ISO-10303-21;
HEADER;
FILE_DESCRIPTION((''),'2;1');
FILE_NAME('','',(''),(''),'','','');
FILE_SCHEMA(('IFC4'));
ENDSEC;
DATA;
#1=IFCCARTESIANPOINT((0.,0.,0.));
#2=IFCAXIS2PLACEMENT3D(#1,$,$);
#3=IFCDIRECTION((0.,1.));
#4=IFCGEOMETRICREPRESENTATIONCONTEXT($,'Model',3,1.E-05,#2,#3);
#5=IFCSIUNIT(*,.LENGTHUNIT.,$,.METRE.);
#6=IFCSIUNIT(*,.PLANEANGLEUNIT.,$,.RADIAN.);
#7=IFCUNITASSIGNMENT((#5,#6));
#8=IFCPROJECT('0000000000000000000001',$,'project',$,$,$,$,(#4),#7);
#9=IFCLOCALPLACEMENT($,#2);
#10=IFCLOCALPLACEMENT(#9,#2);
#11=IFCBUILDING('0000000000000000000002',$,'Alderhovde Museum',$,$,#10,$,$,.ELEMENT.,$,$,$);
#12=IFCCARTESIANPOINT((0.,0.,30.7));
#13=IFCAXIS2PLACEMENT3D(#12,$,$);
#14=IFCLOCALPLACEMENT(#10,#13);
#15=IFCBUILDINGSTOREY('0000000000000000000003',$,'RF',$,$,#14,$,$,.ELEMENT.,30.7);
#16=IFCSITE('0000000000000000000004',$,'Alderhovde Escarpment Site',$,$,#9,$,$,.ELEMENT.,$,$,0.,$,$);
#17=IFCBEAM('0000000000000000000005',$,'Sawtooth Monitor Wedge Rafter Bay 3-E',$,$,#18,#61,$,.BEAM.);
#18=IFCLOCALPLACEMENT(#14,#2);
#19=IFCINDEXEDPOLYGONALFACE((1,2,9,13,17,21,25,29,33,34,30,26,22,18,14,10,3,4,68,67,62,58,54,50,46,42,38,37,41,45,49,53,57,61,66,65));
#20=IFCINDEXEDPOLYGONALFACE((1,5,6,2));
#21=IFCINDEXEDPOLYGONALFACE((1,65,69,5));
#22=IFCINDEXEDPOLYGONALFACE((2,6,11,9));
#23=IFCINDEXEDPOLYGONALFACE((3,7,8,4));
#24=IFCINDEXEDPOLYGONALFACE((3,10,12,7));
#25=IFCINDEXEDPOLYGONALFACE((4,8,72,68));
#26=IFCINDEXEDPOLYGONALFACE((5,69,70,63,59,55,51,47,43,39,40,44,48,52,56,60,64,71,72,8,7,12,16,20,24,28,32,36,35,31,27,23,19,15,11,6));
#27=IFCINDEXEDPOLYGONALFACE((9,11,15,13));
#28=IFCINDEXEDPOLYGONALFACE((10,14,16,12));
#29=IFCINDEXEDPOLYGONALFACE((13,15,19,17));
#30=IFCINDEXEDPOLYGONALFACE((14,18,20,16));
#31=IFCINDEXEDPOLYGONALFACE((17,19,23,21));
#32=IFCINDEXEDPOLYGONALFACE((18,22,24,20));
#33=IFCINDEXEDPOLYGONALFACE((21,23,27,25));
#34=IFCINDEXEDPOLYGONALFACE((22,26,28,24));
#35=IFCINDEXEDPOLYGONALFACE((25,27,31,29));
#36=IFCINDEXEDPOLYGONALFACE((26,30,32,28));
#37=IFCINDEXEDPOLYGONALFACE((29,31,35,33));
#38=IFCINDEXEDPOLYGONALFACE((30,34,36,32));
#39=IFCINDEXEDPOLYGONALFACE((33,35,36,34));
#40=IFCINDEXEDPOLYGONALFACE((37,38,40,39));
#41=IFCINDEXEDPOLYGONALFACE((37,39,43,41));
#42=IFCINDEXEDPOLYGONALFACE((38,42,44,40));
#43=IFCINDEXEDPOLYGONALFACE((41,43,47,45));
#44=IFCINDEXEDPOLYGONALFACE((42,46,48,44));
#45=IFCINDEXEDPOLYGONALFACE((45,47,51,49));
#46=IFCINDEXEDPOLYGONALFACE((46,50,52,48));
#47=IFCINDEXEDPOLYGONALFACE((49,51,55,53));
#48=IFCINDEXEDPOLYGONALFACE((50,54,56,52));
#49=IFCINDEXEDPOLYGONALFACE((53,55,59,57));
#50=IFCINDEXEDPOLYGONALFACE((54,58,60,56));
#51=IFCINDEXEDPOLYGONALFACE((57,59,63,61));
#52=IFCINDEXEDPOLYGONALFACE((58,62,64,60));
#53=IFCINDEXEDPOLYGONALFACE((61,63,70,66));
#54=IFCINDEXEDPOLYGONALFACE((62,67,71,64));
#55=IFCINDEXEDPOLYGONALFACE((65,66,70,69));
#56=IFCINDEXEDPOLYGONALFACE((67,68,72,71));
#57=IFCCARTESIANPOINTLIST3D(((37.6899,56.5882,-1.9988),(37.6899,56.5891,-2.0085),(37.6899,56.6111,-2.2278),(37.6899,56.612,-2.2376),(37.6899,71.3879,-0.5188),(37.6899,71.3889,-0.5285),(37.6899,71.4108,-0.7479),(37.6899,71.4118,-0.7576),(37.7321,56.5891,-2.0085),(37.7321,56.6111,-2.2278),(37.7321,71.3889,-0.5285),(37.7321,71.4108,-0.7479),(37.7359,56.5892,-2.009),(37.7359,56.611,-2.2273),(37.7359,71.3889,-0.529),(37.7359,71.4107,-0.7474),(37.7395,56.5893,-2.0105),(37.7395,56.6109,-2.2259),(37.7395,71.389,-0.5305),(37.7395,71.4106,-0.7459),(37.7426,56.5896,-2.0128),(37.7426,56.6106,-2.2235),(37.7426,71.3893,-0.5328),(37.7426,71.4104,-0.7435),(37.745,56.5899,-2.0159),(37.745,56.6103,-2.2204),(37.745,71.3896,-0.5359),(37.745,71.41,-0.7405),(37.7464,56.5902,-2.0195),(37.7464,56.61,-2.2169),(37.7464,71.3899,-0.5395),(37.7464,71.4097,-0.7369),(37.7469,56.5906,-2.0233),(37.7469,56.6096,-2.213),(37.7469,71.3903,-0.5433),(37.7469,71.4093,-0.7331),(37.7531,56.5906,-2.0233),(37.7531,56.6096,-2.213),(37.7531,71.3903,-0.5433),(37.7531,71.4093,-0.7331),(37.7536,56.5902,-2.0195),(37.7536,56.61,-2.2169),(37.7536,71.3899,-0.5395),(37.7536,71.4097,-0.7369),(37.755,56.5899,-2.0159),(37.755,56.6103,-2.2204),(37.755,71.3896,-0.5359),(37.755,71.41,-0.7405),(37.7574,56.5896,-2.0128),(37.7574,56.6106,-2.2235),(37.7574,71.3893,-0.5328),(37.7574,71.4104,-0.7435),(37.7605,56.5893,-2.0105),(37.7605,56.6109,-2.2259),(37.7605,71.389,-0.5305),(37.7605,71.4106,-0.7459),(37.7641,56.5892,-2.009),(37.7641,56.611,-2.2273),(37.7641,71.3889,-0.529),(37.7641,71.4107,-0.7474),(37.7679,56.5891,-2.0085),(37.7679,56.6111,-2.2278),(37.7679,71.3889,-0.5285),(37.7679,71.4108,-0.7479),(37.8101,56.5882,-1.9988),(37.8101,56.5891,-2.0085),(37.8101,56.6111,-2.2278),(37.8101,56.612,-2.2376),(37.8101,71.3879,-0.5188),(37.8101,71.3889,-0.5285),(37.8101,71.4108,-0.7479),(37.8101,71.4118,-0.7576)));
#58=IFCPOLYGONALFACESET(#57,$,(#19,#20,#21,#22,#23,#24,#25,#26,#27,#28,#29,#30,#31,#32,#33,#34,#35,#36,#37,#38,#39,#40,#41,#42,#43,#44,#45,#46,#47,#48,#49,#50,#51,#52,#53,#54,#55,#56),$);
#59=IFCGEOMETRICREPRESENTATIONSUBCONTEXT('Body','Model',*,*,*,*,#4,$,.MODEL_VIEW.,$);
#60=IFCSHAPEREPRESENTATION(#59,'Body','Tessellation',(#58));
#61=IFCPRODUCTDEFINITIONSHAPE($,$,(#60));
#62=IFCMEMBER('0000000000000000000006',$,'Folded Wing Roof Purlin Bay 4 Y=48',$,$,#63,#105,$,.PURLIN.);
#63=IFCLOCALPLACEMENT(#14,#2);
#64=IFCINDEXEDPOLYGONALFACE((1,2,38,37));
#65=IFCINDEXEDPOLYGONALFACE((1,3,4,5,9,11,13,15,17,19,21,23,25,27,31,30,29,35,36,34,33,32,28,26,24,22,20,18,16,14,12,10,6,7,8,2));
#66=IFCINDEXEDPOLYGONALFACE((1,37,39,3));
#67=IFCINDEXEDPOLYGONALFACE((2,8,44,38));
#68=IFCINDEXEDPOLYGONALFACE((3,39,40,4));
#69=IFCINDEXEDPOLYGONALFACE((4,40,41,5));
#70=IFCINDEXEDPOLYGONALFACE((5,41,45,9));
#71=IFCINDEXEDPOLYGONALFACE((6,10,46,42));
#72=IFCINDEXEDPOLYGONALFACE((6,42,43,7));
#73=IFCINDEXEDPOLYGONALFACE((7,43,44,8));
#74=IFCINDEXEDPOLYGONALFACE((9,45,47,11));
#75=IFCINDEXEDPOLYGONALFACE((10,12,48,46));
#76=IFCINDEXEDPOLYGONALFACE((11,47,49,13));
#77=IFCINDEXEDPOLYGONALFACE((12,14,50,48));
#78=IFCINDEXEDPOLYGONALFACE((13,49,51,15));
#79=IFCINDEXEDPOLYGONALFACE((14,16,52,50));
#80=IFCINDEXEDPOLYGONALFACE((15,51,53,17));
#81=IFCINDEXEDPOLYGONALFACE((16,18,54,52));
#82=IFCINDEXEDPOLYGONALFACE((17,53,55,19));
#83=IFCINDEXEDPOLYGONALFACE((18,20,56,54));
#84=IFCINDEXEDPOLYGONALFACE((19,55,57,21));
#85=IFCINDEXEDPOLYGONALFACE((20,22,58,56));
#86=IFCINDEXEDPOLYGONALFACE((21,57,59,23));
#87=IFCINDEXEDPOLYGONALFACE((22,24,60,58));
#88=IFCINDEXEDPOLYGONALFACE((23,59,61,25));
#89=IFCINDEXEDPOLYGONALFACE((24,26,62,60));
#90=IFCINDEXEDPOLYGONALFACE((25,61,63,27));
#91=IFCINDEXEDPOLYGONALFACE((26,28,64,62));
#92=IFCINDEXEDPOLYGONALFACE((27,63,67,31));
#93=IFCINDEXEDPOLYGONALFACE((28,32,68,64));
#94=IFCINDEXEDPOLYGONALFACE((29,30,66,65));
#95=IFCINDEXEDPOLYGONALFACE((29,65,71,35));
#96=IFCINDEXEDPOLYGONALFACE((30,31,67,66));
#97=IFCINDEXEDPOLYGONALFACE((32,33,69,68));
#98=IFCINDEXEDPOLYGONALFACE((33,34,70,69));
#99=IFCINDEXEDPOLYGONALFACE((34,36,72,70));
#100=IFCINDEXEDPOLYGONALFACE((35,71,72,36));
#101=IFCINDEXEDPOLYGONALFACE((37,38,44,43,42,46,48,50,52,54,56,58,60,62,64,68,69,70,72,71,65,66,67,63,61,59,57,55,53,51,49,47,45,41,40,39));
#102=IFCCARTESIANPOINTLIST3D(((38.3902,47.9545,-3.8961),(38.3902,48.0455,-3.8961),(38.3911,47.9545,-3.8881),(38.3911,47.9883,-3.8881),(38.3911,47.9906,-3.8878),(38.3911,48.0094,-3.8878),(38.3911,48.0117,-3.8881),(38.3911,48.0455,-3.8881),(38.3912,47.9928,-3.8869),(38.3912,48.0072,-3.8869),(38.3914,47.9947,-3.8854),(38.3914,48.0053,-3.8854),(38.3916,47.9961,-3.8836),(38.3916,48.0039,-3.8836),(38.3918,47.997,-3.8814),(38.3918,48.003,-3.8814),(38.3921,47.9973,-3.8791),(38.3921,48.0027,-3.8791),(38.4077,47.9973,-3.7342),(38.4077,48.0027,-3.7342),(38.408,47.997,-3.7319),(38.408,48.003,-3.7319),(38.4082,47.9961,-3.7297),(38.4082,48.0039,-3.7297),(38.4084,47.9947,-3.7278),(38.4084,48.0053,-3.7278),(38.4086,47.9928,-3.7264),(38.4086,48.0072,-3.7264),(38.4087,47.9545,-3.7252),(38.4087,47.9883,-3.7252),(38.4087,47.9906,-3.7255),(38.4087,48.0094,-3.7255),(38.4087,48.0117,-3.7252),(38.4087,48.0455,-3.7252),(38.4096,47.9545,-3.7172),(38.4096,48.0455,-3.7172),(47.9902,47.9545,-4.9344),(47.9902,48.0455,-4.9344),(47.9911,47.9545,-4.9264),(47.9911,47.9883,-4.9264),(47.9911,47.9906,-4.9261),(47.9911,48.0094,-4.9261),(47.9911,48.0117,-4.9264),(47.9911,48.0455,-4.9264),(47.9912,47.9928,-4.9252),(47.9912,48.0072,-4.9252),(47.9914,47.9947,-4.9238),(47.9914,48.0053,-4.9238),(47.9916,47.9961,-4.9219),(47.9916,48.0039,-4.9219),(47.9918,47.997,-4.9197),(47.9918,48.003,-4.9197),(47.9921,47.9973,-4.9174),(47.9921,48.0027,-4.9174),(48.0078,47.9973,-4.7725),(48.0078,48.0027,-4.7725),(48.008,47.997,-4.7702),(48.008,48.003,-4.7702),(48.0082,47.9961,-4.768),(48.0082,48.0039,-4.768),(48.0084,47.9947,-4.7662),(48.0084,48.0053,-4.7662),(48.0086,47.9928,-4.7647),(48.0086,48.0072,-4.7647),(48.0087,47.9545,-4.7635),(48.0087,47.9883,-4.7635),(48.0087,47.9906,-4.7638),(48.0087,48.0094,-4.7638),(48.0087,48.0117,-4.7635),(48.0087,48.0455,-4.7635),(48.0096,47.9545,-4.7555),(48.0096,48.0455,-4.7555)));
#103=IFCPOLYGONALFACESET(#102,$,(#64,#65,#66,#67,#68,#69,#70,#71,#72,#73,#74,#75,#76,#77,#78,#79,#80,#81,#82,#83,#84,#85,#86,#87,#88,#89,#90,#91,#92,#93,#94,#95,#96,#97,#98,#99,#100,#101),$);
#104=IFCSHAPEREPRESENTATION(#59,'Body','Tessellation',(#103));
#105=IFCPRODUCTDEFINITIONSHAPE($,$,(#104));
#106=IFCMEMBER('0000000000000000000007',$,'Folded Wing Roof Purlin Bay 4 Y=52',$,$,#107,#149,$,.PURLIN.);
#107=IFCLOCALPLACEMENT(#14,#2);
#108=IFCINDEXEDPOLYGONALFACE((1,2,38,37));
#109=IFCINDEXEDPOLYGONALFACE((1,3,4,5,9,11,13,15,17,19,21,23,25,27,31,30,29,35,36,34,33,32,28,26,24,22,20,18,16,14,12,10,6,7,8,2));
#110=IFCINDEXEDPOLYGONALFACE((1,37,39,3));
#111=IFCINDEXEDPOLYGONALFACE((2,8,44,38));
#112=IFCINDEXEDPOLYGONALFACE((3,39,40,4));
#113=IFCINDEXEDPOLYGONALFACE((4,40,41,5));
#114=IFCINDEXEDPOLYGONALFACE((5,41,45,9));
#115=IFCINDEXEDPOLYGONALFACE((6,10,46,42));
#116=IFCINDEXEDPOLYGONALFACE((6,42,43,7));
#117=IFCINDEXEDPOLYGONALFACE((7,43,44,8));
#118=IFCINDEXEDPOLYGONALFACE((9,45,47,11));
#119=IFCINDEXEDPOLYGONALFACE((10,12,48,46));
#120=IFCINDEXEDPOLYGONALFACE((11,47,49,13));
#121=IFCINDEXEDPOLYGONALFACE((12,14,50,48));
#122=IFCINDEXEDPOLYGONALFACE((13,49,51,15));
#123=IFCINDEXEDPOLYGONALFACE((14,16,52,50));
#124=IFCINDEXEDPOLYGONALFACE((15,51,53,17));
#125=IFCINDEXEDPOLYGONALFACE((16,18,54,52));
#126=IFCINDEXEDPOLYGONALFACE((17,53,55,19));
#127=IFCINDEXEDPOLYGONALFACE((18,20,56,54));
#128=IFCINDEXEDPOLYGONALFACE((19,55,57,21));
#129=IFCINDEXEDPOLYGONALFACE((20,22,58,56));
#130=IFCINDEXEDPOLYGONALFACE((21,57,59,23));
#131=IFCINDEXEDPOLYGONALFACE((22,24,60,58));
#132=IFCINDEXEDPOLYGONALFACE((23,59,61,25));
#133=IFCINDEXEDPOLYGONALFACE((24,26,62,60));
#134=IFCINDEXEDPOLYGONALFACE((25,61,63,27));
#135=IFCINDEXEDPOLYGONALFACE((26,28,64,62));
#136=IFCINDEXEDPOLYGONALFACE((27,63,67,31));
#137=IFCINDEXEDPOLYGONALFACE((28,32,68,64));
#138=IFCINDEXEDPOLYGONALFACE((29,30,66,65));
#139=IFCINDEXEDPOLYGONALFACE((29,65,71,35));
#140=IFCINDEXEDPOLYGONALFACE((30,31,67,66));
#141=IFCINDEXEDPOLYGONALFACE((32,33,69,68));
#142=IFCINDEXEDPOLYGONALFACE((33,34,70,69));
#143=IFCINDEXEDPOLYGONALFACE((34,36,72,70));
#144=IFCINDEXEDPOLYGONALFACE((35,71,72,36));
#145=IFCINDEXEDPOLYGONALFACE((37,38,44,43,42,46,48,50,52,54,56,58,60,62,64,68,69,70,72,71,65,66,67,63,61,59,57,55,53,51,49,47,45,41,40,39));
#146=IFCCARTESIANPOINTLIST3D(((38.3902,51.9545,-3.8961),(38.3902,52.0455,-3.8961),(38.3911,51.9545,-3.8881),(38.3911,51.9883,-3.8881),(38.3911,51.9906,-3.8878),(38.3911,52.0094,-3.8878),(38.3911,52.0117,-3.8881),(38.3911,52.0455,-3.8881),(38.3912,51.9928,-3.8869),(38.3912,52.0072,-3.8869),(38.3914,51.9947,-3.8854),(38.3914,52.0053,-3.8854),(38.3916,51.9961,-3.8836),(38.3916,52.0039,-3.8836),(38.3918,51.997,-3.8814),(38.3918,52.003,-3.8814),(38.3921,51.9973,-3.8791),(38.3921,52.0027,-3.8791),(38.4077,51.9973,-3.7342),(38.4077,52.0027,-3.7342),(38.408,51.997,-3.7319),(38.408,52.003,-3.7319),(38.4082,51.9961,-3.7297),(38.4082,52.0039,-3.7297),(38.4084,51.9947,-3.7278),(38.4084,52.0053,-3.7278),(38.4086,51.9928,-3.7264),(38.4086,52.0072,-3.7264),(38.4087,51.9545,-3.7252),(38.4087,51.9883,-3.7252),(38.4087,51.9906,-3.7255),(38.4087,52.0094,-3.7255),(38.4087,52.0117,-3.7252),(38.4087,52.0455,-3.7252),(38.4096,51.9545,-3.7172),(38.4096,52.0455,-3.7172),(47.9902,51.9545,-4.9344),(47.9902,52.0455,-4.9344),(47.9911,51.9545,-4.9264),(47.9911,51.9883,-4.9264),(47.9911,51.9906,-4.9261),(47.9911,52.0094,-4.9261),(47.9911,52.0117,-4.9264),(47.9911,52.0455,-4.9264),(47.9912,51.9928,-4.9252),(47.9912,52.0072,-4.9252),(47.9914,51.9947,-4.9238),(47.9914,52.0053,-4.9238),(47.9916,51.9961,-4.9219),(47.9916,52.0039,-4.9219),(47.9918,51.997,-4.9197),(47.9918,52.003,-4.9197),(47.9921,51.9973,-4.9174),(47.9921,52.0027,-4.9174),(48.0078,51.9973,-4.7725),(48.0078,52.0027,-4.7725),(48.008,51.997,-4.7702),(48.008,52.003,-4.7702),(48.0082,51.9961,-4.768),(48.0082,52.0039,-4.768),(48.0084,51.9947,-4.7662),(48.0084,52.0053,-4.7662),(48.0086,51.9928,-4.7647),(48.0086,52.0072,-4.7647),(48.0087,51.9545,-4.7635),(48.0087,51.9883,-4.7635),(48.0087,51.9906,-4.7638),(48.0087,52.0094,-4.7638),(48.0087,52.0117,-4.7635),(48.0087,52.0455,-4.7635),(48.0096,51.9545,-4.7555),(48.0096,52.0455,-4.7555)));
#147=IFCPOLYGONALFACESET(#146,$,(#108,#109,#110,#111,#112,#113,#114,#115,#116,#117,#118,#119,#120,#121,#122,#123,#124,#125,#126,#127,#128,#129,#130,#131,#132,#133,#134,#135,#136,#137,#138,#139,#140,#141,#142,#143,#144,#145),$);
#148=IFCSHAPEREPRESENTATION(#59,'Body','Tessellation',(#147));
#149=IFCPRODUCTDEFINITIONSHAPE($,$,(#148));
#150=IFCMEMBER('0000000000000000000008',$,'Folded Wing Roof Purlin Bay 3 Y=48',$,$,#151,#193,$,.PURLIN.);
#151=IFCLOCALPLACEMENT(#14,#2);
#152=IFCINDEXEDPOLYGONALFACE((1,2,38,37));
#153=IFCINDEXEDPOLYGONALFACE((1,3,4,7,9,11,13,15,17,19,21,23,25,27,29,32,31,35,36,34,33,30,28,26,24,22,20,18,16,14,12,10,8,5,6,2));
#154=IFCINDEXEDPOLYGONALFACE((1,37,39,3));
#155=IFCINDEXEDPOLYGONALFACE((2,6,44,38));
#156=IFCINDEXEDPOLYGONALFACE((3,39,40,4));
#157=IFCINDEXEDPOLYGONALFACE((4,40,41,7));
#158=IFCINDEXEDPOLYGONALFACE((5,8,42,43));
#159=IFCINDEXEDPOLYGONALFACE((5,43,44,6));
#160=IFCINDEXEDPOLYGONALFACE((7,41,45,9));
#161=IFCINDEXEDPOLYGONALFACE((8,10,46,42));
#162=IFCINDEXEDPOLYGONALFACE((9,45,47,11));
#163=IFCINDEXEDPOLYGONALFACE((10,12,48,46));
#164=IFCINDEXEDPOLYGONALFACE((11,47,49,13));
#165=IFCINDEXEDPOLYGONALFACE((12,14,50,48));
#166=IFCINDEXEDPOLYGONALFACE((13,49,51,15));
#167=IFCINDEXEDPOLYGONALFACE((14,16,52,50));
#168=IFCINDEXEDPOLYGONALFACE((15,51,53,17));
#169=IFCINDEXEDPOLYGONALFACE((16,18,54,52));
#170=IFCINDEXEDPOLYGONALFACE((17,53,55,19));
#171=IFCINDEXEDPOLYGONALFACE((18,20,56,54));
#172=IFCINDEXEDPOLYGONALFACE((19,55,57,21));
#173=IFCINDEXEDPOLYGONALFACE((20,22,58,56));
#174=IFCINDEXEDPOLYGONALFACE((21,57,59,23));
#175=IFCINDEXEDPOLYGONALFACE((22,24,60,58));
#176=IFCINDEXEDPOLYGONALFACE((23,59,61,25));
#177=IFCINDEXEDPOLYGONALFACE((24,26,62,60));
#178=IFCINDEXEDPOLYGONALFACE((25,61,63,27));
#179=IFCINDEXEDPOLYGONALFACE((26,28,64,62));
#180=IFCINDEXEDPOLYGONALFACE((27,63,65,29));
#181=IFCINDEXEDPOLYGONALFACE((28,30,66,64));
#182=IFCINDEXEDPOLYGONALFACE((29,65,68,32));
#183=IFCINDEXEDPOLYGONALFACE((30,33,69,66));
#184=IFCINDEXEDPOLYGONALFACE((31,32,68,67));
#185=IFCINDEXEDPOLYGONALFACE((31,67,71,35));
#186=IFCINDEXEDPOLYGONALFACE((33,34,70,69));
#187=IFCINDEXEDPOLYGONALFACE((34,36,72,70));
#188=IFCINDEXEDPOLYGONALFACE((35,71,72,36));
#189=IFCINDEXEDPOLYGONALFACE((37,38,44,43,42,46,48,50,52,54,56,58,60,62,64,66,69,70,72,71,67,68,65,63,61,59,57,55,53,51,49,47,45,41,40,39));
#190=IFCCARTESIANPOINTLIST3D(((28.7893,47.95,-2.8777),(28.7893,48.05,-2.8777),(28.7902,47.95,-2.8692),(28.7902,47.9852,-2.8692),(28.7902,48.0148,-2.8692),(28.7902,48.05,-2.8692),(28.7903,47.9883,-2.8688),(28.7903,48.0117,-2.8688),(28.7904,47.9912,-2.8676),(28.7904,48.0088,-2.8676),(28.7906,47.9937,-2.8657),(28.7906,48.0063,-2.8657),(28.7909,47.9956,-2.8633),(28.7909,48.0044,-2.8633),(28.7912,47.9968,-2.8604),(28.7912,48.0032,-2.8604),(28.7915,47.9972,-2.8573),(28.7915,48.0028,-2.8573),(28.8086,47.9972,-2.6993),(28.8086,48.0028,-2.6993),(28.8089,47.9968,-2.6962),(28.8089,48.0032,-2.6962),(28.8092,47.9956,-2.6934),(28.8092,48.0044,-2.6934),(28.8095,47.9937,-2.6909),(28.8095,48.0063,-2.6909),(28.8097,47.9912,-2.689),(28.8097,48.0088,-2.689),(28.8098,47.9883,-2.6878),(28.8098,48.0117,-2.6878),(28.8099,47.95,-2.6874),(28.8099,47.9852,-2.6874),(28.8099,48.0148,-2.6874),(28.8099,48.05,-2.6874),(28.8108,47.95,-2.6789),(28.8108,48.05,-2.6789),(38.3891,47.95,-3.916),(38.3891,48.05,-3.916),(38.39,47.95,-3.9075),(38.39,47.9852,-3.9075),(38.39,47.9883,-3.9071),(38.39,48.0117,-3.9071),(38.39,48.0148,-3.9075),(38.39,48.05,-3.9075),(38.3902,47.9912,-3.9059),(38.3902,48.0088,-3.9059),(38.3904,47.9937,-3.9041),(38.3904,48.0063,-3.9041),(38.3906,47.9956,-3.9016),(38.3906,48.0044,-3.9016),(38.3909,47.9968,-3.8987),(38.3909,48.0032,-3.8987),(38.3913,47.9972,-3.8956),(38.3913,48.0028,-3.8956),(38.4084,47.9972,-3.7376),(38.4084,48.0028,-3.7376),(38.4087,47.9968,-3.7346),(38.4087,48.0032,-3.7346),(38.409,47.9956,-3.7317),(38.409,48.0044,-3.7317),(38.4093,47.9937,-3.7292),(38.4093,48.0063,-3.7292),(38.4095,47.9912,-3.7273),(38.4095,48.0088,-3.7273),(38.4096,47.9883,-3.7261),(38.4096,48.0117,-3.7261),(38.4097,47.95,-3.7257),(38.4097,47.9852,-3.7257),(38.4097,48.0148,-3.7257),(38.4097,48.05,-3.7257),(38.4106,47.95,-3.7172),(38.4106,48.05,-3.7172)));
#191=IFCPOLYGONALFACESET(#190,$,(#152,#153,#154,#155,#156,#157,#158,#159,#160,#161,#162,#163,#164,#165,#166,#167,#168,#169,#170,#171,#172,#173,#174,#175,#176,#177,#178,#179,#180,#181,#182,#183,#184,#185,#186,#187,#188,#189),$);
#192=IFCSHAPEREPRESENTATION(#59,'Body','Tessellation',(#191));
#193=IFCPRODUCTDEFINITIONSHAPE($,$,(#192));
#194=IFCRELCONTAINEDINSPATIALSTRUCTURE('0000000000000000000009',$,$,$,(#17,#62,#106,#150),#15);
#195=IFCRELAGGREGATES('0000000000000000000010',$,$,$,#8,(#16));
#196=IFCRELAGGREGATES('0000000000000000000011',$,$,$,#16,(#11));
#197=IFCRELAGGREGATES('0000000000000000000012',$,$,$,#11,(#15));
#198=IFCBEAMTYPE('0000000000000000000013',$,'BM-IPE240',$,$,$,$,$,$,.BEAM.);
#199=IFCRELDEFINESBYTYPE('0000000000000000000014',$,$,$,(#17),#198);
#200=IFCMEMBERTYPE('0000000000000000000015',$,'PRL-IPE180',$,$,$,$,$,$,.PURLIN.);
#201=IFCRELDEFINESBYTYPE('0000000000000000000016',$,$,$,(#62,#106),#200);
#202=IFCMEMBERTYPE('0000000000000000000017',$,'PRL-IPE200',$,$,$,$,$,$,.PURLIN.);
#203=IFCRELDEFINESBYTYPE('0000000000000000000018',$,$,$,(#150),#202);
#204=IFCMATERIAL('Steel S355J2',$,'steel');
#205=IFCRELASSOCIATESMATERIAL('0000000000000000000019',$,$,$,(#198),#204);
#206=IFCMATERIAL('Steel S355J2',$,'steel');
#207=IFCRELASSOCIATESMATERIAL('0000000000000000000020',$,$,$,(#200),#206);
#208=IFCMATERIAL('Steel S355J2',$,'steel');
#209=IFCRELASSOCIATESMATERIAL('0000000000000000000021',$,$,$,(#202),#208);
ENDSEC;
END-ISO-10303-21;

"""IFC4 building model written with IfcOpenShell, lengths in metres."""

from ifc_helpers import new_model, si_unit, direction, frame, origin, origin_2d, place, context, subcontext, project, spatial, i_section, extrude, material, material_profile, profile_set, type_object, element, save


model = new_model("IFC4")

# Units and contexts
model_context = context("Model", 3, precision=1e-05, world=origin(), true_north=direction((0.0, 1.0)))
body_context = subcontext(model_context, "Body", "Model", "MODEL_VIEW")
ifc_project = project(units=[si_unit("LENGTHUNIT", "METRE"), si_unit("PLANEANGLEUNIT", "RADIAN")], contexts=[model_context])

# Site, building, storey
site_placement = place(None, origin())
site = spatial("IfcSite", under=ifc_project, at=site_placement, Name="Alderhovde Escarpment Site", CompositionType="ELEMENT", RefElevation=0.0)
building_placement = place(site_placement, origin())
building = spatial("IfcBuilding", under=site, at=building_placement, Name="Alderhovde Museum", CompositionType="ELEMENT")
storey_placement = place(building_placement, frame((0.0, 0.0, 30.7)))
storey = spatial("IfcBuildingStorey", under=building, at=storey_placement, Name="RF", CompositionType="ELEMENT", Elevation=30.7)

# Beam
ifc_material_1 = material(Name="Steel S355J2", Category="steel")
ifc_material_profile_1 = material_profile(ifc_material_1, i_section(OverallWidth=0.1201, OverallDepth=0.24, WebThickness=0.0061, FlangeThickness=0.0098, FilletRadius=0.0149, at=origin_2d()), Name="IPE 240")
ifc_profile_set_1 = profile_set([ifc_material_profile_1], Name="Steel S355J2")
beam_type_1 = type_object("IfcBeamType", Name="BM-IPE240", PredefinedType="BEAM", material=ifc_profile_set_1)
for number, where, z_axis, x_axis, name in (
    (1, (37.75, 56.6001, -2.1182), (0.0, 0.995037, 0.099504), (-1.0, 0.0, 0.0), "Sawtooth Monitor Wedge Rafter Bay 3-E"),
):
    element("IfcBeam", number, at=place(storey_placement, frame(where, z_axis=z_axis, x_axis=x_axis)), inside=storey, type_object=beam_type_1, Name=name, PredefinedType="BEAM", context=body_context, shape_type="SweptSolid", body=[
        extrude(i_section(OverallWidth=0.1201, OverallDepth=0.24, WebThickness=0.0061, FlangeThickness=0.0098, FilletRadius=0.0149, at=origin_2d()), origin(), (0.0, 0.0, 1.0), 14.8735),
    ])

# Members
ifc_material_2 = material(Name="Steel S355J2", Category="steel")
ifc_material_profile_2 = material_profile(ifc_material_2, i_section(OverallWidth=0.0911, OverallDepth=0.1799, WebThickness=0.0054, FlangeThickness=0.0081, FilletRadius=0.009, at=origin_2d()), Name="IPE 180")
ifc_profile_set_2 = profile_set([ifc_material_profile_2], Name="Steel S355J2")
member_type_1 = type_object("IfcMemberType", Name="PRL-IPE180", PredefinedType="PURLIN", material=ifc_profile_set_2)
for number, where, z_axis, x_axis, name in (
    (2, (38.3999, 48.0, -3.8066), (0.994202, 0.0, -0.107531), (0.0, 1.0, 0.0), "Folded Wing Roof Purlin Bay 4 Y=48"),
    (3, (38.3999, 52.0, -3.8066), (0.994202, 0.0, -0.107531), (0.0, 1.0, 0.0), "Folded Wing Roof Purlin Bay 4 Y=52"),
):
    element("IfcMember", number, at=place(storey_placement, frame(where, z_axis=z_axis, x_axis=x_axis)), inside=storey, type_object=member_type_1, Name=name, PredefinedType="PURLIN", context=body_context, shape_type="SweptSolid", body=[
        extrude(i_section(OverallWidth=0.0911, OverallDepth=0.1799, WebThickness=0.0054, FlangeThickness=0.0081, FilletRadius=0.009, at=origin_2d()), origin(), (0.0, 0.0, 1.0), 9.656),
    ])
ifc_material_3 = material(Name="Steel S355J2", Category="steel")
ifc_material_profile_3 = material_profile(ifc_material_3, i_section(OverallWidth=0.1001, OverallDepth=0.2, WebThickness=0.0056, FlangeThickness=0.0085, FilletRadius=0.012, at=origin_2d()), Name="IPE 200")
ifc_profile_set_3 = profile_set([ifc_material_profile_3], Name="Steel S355J2")
member_type_2 = type_object("IfcMemberType", Name="PRL-IPE200", PredefinedType="PURLIN", material=ifc_profile_set_3)
for number, where, z_axis, x_axis, name in (
    (4, (28.8, 48.0, -2.7783), (0.994201, 0.0, -0.107534), (0.0, 1.0, 0.0), "Folded Wing Roof Purlin Bay 3 Y=48"),
):
    element("IfcMember", number, at=place(storey_placement, frame(where, z_axis=z_axis, x_axis=x_axis)), inside=storey, type_object=member_type_2, Name=name, PredefinedType="PURLIN", context=body_context, shape_type="SweptSolid", body=[
        extrude(i_section(OverallWidth=0.1001, OverallDepth=0.2, WebThickness=0.0056, FlangeThickness=0.0085, FilletRadius=0.012, at=origin_2d()), origin(), (0.0, 0.0, 1.0), 9.6558),
    ])

save(model, "model.ifc")
